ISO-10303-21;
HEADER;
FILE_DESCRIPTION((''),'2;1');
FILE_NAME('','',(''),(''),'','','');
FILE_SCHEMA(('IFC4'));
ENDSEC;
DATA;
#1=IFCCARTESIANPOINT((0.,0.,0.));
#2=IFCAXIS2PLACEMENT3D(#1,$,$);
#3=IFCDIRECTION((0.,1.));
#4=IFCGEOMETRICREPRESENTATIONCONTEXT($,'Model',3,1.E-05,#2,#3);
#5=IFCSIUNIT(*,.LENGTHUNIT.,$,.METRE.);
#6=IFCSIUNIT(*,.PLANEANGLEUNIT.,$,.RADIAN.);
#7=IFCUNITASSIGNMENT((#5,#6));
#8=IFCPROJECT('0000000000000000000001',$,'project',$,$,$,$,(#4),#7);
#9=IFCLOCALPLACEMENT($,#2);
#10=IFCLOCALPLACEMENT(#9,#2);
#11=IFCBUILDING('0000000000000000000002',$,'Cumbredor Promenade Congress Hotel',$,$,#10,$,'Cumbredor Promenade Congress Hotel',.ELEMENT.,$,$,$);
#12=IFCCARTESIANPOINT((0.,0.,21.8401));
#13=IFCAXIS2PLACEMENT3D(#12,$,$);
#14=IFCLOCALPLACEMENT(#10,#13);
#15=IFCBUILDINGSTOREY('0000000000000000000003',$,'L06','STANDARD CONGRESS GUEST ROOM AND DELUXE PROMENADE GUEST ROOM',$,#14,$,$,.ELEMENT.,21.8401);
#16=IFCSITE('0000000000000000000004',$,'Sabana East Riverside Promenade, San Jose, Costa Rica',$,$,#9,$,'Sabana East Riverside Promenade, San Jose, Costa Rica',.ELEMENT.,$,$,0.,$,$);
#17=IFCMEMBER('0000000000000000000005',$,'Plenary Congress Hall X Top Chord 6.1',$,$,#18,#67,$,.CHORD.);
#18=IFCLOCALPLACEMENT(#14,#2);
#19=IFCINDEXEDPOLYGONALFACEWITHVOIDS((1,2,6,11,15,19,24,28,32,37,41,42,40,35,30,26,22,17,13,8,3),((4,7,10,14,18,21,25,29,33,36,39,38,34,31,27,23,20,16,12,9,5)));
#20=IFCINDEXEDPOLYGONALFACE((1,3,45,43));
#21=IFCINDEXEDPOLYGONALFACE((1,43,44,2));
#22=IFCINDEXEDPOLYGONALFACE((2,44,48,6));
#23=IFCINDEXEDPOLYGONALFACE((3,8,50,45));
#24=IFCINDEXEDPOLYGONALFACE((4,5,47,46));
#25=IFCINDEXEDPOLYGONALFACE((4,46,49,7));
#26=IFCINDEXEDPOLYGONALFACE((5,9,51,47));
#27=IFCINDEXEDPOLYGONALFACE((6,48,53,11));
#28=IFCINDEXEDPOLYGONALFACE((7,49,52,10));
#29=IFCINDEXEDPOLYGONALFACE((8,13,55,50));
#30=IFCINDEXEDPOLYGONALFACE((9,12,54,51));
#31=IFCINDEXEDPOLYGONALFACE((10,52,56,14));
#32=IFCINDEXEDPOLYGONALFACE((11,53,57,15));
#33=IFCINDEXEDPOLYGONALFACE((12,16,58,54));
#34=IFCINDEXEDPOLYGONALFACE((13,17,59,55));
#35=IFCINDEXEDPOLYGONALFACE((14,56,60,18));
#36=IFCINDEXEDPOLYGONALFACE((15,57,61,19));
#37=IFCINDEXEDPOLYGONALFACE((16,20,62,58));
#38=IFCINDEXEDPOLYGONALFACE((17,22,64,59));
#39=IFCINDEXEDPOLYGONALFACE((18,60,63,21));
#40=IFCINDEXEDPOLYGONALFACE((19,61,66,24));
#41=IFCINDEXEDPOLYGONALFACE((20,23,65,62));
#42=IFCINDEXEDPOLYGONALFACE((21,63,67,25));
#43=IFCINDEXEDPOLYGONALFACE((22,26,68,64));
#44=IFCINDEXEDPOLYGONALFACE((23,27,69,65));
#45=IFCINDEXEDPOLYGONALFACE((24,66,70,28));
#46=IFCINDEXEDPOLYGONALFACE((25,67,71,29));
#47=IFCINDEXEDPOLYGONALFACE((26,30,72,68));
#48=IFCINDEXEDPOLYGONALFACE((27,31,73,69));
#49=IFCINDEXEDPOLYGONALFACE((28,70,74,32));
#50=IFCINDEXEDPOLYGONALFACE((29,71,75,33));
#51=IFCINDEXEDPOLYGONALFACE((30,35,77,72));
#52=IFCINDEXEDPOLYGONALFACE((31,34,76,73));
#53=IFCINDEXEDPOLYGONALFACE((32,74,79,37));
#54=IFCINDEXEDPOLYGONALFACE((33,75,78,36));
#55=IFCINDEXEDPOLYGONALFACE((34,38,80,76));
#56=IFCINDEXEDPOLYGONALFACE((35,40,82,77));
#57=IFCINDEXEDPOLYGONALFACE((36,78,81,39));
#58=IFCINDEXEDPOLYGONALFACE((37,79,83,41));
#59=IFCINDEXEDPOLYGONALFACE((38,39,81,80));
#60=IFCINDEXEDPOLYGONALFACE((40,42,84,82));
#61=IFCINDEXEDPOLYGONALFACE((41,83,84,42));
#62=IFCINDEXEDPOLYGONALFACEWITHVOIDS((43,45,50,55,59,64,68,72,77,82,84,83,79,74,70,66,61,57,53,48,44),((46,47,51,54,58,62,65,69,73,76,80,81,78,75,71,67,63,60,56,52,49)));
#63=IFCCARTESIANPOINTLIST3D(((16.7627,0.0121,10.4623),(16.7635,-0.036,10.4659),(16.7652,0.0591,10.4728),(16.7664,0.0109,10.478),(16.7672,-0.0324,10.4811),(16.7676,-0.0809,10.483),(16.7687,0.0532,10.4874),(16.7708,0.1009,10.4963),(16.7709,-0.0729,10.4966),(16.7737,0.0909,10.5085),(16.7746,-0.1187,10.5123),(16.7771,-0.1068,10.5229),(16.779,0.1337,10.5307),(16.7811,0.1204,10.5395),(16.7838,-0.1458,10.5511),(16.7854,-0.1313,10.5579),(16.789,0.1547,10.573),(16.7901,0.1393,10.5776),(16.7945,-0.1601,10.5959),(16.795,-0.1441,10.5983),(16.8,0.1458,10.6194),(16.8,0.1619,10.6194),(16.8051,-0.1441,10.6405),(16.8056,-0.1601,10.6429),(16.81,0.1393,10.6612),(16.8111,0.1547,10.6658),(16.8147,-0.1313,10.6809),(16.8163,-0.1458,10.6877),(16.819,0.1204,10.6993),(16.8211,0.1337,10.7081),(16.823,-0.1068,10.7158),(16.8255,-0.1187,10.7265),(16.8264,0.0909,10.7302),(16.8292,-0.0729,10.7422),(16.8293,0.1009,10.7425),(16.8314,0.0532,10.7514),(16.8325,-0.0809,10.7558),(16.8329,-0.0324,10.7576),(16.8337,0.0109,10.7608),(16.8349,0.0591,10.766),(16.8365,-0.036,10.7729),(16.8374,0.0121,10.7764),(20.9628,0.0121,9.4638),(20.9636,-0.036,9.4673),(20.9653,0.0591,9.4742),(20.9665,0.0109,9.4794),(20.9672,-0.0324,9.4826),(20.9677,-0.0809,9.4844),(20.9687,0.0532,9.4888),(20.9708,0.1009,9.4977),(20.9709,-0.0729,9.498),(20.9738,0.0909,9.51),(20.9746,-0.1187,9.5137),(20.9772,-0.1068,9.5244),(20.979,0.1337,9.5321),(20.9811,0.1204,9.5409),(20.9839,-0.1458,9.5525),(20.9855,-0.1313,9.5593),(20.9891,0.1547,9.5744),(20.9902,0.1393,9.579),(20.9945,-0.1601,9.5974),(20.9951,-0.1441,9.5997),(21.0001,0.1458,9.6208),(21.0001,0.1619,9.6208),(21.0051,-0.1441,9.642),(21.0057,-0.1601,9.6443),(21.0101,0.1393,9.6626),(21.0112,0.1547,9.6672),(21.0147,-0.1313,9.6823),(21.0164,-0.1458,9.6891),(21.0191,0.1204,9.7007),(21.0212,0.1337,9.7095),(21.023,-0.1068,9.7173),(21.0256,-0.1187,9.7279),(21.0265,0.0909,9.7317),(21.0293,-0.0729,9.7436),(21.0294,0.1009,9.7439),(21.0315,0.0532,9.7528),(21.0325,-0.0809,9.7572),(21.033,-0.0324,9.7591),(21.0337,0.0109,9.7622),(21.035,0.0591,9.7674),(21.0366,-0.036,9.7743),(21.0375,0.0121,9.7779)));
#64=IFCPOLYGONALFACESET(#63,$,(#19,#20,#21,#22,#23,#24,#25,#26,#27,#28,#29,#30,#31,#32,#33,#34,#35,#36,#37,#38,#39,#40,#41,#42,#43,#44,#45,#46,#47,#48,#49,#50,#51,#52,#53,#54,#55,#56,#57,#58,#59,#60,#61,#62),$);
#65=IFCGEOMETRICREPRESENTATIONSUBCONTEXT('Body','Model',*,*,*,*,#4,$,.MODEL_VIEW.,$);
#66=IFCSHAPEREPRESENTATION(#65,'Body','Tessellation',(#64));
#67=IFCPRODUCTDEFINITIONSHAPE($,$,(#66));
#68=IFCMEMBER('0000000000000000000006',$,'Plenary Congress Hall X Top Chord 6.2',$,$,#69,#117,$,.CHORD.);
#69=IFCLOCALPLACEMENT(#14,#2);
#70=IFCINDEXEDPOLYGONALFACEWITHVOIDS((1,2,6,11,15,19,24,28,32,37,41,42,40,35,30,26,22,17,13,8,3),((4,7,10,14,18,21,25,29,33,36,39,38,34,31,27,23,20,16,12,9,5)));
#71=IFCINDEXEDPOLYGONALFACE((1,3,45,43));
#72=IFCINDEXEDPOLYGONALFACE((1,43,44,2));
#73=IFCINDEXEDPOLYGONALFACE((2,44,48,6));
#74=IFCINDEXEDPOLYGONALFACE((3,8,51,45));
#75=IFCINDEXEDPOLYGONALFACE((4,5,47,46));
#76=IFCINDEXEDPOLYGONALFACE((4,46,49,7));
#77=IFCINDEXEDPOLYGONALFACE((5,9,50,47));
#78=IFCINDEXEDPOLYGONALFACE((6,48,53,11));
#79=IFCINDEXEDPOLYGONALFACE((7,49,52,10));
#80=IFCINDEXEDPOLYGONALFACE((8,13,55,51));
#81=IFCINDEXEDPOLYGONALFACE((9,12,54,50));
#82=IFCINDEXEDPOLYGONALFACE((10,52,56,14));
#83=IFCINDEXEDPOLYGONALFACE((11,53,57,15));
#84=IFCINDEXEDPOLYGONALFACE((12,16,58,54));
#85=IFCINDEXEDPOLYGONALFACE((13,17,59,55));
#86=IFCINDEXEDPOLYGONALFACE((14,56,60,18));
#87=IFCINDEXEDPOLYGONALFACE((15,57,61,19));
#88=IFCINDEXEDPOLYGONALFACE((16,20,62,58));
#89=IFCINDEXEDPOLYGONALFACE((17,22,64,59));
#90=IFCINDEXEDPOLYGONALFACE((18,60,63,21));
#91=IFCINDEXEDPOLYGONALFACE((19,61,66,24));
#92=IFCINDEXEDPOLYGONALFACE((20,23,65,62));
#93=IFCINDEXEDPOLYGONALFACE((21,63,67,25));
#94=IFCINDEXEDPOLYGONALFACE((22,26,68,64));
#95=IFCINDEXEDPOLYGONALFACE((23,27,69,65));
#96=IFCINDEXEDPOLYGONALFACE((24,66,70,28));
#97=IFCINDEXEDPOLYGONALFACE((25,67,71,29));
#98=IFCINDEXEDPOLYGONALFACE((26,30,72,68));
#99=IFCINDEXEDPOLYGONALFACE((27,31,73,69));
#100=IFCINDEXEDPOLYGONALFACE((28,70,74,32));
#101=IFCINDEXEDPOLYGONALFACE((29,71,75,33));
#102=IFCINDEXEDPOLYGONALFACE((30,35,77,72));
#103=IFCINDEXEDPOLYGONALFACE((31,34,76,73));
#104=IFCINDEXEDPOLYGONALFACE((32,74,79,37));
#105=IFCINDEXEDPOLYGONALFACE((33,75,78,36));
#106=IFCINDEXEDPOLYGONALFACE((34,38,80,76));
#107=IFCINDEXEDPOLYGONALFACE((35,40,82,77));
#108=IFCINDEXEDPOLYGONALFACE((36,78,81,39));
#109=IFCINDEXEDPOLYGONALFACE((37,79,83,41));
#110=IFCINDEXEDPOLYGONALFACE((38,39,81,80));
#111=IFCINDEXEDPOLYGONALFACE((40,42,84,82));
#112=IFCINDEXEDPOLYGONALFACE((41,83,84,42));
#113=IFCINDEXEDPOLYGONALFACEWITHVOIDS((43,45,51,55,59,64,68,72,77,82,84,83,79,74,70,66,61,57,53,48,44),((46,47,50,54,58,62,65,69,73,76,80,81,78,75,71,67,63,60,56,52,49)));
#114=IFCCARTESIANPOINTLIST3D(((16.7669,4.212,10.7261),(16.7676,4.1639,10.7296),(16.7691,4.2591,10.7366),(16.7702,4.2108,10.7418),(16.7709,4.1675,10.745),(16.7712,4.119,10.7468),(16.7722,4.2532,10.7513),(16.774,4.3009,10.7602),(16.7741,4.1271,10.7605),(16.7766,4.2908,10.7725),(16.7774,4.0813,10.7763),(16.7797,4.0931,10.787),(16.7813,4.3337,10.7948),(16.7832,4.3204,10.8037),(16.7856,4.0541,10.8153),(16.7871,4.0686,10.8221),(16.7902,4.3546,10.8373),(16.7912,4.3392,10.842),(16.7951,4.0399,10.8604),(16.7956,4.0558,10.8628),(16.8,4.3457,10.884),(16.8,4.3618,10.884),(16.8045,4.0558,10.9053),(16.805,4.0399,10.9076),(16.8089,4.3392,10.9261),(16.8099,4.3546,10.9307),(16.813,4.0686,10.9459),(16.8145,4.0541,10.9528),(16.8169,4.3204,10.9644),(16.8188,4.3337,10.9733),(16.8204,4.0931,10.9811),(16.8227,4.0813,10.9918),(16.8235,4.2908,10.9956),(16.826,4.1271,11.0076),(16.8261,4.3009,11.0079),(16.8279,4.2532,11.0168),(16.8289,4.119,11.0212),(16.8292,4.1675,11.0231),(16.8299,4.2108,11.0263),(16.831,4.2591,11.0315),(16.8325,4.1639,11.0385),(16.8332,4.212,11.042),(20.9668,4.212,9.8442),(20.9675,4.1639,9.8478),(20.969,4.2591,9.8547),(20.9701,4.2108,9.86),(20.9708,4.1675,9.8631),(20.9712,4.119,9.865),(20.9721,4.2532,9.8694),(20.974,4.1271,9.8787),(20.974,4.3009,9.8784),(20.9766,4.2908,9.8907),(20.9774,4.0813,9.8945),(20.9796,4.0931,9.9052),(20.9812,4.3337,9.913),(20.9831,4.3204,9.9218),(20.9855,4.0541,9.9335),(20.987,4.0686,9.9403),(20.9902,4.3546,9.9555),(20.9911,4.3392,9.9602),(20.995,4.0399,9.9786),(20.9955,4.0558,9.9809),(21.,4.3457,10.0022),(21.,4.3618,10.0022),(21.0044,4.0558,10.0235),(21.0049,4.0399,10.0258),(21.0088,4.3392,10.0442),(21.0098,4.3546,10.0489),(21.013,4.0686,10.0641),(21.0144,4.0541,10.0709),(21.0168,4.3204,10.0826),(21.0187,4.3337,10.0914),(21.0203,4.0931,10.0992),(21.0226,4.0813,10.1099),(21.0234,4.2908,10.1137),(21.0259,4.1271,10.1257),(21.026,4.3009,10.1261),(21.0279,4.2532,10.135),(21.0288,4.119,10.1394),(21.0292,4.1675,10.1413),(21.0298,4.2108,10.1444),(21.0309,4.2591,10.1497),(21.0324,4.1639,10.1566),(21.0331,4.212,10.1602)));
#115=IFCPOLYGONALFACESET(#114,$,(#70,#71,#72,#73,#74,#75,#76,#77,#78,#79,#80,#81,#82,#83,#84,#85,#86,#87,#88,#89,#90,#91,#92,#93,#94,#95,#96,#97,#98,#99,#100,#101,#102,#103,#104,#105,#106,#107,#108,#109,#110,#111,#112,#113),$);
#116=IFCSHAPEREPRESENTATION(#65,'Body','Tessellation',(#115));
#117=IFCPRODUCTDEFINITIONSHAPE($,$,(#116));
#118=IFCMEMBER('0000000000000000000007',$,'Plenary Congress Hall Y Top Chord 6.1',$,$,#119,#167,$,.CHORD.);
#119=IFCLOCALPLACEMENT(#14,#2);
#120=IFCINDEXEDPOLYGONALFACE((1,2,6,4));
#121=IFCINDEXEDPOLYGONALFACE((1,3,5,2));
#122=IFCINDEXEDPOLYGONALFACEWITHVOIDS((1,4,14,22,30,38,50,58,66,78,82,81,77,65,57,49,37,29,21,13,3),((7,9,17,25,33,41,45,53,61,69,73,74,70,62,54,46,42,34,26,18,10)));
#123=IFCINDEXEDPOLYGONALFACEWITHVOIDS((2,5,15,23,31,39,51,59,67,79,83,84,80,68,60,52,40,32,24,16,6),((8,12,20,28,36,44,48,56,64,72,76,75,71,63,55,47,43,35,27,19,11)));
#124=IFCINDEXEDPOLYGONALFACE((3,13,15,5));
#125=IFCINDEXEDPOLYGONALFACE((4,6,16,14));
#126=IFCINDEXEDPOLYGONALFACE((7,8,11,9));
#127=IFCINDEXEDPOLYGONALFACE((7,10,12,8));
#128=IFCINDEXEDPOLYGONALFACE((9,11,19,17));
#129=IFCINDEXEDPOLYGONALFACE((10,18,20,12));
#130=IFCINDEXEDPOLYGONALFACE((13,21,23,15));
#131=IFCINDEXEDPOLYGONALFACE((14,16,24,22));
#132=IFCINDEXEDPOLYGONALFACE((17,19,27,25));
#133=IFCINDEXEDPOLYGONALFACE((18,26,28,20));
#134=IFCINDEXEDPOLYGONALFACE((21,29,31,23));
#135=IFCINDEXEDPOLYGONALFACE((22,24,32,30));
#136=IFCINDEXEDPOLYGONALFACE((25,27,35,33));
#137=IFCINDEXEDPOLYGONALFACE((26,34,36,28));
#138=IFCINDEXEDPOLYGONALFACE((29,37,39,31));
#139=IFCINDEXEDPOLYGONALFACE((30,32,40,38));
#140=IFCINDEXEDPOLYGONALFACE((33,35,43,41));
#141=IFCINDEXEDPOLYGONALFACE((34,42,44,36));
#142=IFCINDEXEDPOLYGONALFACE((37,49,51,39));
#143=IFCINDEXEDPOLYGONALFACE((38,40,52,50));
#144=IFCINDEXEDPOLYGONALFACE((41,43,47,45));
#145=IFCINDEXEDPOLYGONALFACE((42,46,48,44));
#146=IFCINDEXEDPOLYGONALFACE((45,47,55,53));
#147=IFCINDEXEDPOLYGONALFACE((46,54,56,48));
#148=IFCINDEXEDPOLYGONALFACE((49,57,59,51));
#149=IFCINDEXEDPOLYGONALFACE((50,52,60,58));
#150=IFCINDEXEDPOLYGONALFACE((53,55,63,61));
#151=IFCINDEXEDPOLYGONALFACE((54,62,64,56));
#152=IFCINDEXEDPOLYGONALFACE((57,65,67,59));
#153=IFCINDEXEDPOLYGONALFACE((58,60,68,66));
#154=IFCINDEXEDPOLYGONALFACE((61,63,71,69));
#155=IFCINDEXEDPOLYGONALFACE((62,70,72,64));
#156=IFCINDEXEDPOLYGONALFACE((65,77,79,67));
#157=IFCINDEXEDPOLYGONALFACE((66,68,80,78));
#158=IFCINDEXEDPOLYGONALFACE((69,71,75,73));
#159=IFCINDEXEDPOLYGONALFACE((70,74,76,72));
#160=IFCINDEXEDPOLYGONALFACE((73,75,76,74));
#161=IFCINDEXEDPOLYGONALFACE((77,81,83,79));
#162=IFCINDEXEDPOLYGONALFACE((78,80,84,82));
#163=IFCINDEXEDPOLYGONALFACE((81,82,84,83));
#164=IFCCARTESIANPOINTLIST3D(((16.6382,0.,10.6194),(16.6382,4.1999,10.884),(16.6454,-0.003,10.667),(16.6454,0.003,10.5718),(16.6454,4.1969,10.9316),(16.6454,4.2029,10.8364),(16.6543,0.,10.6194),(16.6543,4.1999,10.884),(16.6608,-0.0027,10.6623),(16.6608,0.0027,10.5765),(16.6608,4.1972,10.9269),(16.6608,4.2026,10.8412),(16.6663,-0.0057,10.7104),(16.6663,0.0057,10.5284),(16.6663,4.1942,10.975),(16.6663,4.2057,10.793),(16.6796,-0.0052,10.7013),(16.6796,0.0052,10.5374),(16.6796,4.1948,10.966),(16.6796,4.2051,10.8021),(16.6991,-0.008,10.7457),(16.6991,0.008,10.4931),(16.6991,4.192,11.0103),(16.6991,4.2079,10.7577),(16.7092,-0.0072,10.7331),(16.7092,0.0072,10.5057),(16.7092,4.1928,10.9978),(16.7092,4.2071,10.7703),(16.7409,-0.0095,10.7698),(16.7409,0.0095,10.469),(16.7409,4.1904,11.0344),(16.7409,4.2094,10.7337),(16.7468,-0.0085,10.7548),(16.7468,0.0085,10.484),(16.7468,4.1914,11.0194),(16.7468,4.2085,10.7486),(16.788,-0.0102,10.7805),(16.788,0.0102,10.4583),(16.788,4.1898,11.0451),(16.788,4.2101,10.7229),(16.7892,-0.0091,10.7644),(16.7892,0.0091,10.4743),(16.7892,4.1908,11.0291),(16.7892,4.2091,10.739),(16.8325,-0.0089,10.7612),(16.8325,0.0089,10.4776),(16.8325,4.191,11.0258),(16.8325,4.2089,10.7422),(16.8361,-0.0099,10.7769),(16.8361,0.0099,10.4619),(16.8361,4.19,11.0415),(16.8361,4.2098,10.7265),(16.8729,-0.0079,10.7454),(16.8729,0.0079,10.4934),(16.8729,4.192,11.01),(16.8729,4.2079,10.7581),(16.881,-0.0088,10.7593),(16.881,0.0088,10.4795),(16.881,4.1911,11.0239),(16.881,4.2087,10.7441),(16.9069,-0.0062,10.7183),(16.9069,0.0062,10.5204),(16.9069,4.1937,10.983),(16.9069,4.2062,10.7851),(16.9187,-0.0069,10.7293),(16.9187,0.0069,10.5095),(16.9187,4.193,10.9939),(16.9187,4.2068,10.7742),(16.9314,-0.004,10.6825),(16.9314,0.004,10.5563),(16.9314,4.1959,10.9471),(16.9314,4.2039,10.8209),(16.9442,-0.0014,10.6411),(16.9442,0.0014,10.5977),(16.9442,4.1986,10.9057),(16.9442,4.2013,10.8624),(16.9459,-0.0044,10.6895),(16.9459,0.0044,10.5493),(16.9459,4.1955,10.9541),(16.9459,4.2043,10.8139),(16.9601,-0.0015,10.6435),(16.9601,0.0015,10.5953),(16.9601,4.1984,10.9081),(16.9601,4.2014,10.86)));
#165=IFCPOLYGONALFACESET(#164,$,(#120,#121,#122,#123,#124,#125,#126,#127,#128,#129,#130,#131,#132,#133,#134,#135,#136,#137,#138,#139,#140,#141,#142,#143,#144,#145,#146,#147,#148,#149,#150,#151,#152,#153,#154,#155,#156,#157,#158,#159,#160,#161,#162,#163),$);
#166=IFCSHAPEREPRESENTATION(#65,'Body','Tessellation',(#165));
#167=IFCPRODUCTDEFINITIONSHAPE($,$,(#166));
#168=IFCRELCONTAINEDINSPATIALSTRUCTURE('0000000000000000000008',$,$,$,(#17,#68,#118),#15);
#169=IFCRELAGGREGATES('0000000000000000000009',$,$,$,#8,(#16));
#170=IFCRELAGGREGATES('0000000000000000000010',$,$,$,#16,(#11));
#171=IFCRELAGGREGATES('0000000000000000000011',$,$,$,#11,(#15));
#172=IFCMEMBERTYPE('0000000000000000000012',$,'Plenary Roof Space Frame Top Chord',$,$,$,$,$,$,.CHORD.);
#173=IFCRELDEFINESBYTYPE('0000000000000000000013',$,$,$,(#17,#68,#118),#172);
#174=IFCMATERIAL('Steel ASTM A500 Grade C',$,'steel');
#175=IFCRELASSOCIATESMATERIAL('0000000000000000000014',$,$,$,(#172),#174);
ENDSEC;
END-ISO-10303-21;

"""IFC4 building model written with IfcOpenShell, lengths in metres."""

from ifc_helpers import new_model, si_unit, direction, frame, origin, origin_2d, place, context, subcontext, project, spatial, hollow_circle, extrude, material, material_profile, profile_set, type_object, element, save


model = new_model("IFC4")

# Units and contexts
model_context = context("Model", 3, precision=1e-05, world=origin(), true_north=direction((0.0, 1.0)))
body_context = subcontext(model_context, "Body", "Model", "MODEL_VIEW")
ifc_project = project(units=[si_unit("LENGTHUNIT", "METRE"), si_unit("PLANEANGLEUNIT", "RADIAN")], contexts=[model_context])

# Site, building, storey
site_placement = place(None, origin())
site = spatial("IfcSite", under=ifc_project, at=site_placement, Name="Sabana East Riverside Promenade, San Jose, Costa Rica", LongName="Sabana East Riverside Promenade, San Jose, Costa Rica", CompositionType="ELEMENT", RefElevation=0.0)
building_placement = place(site_placement, origin())
building = spatial("IfcBuilding", under=site, at=building_placement, Name="Cumbredor Promenade Congress Hotel", LongName="Cumbredor Promenade Congress Hotel", CompositionType="ELEMENT")
storey_placement = place(building_placement, frame((0.0, 0.0, 21.8401)))
storey = spatial("IfcBuildingStorey", under=building, at=storey_placement, Name="L06", Description="STANDARD CONGRESS GUEST ROOM AND DELUXE PROMENADE GUEST ROOM", CompositionType="ELEMENT", Elevation=21.8401)

# Members
ifc_material_1 = material(Name="Steel ASTM A500 Grade C", Category="steel")
ifc_material_profile_1 = material_profile(ifc_material_1, hollow_circle(Radius=0.1619, WallThickness=0.0161, at=origin_2d()), Name="CHS 323.9x16")
ifc_profile_set_1 = profile_set([ifc_material_profile_1], Name="Steel ASTM A500 Grade C")
member_type_1 = type_object("IfcMemberType", Name="Plenary Roof Space Frame Top Chord", PredefinedType="CHORD", material=ifc_profile_set_1)
member_1_placement = place(storey_placement, frame((16.8, 0.0, 10.6194), z_axis=(0.972882, 0.0, -0.231302), x_axis=(0.0, 1.0, 0.0)))
element("IfcMember", 1, at=member_1_placement, inside=storey, type_object=member_type_1, Name="Plenary Congress Hall X Top Chord 6.1", PredefinedType="CHORD", context=body_context, shape_type="SweptSolid", body=[
    extrude(hollow_circle(Radius=0.1619, WallThickness=0.0161, at=origin_2d()), origin(), (0.0, 0.0, 1.0), 4.3171),
])
member_2_placement = place(storey_placement, frame((16.8, 4.2, 10.884), z_axis=(0.978661, 0.0, -0.205483), x_axis=(0.0, 1.0, 0.0)))
element("IfcMember", 2, at=member_2_placement, inside=storey, type_object=member_type_1, Name="Plenary Congress Hall X Top Chord 6.2", PredefinedType="CHORD", context=body_context, shape_type="SweptSolid", body=[
    extrude(hollow_circle(Radius=0.1619, WallThickness=0.0161, at=origin_2d()), origin(), (0.0, 0.0, 1.0), 4.2915),
])
member_3_placement = place(storey_placement, frame((16.8, 0.0, 10.6194), z_axis=(0.0, 0.998021, 0.062888), x_axis=(-1.0, 0.0, 0.0)))
element("IfcMember", 3, at=member_3_placement, inside=storey, type_object=member_type_1, Name="Plenary Congress Hall Y Top Chord 6.1", PredefinedType="CHORD", context=body_context, shape_type="SweptSolid", body=[
    extrude(hollow_circle(Radius=0.1619, WallThickness=0.0161, at=origin_2d()), origin(), (0.0, 0.0, 1.0), 4.2083),
])

save(model, "model.ifc")
